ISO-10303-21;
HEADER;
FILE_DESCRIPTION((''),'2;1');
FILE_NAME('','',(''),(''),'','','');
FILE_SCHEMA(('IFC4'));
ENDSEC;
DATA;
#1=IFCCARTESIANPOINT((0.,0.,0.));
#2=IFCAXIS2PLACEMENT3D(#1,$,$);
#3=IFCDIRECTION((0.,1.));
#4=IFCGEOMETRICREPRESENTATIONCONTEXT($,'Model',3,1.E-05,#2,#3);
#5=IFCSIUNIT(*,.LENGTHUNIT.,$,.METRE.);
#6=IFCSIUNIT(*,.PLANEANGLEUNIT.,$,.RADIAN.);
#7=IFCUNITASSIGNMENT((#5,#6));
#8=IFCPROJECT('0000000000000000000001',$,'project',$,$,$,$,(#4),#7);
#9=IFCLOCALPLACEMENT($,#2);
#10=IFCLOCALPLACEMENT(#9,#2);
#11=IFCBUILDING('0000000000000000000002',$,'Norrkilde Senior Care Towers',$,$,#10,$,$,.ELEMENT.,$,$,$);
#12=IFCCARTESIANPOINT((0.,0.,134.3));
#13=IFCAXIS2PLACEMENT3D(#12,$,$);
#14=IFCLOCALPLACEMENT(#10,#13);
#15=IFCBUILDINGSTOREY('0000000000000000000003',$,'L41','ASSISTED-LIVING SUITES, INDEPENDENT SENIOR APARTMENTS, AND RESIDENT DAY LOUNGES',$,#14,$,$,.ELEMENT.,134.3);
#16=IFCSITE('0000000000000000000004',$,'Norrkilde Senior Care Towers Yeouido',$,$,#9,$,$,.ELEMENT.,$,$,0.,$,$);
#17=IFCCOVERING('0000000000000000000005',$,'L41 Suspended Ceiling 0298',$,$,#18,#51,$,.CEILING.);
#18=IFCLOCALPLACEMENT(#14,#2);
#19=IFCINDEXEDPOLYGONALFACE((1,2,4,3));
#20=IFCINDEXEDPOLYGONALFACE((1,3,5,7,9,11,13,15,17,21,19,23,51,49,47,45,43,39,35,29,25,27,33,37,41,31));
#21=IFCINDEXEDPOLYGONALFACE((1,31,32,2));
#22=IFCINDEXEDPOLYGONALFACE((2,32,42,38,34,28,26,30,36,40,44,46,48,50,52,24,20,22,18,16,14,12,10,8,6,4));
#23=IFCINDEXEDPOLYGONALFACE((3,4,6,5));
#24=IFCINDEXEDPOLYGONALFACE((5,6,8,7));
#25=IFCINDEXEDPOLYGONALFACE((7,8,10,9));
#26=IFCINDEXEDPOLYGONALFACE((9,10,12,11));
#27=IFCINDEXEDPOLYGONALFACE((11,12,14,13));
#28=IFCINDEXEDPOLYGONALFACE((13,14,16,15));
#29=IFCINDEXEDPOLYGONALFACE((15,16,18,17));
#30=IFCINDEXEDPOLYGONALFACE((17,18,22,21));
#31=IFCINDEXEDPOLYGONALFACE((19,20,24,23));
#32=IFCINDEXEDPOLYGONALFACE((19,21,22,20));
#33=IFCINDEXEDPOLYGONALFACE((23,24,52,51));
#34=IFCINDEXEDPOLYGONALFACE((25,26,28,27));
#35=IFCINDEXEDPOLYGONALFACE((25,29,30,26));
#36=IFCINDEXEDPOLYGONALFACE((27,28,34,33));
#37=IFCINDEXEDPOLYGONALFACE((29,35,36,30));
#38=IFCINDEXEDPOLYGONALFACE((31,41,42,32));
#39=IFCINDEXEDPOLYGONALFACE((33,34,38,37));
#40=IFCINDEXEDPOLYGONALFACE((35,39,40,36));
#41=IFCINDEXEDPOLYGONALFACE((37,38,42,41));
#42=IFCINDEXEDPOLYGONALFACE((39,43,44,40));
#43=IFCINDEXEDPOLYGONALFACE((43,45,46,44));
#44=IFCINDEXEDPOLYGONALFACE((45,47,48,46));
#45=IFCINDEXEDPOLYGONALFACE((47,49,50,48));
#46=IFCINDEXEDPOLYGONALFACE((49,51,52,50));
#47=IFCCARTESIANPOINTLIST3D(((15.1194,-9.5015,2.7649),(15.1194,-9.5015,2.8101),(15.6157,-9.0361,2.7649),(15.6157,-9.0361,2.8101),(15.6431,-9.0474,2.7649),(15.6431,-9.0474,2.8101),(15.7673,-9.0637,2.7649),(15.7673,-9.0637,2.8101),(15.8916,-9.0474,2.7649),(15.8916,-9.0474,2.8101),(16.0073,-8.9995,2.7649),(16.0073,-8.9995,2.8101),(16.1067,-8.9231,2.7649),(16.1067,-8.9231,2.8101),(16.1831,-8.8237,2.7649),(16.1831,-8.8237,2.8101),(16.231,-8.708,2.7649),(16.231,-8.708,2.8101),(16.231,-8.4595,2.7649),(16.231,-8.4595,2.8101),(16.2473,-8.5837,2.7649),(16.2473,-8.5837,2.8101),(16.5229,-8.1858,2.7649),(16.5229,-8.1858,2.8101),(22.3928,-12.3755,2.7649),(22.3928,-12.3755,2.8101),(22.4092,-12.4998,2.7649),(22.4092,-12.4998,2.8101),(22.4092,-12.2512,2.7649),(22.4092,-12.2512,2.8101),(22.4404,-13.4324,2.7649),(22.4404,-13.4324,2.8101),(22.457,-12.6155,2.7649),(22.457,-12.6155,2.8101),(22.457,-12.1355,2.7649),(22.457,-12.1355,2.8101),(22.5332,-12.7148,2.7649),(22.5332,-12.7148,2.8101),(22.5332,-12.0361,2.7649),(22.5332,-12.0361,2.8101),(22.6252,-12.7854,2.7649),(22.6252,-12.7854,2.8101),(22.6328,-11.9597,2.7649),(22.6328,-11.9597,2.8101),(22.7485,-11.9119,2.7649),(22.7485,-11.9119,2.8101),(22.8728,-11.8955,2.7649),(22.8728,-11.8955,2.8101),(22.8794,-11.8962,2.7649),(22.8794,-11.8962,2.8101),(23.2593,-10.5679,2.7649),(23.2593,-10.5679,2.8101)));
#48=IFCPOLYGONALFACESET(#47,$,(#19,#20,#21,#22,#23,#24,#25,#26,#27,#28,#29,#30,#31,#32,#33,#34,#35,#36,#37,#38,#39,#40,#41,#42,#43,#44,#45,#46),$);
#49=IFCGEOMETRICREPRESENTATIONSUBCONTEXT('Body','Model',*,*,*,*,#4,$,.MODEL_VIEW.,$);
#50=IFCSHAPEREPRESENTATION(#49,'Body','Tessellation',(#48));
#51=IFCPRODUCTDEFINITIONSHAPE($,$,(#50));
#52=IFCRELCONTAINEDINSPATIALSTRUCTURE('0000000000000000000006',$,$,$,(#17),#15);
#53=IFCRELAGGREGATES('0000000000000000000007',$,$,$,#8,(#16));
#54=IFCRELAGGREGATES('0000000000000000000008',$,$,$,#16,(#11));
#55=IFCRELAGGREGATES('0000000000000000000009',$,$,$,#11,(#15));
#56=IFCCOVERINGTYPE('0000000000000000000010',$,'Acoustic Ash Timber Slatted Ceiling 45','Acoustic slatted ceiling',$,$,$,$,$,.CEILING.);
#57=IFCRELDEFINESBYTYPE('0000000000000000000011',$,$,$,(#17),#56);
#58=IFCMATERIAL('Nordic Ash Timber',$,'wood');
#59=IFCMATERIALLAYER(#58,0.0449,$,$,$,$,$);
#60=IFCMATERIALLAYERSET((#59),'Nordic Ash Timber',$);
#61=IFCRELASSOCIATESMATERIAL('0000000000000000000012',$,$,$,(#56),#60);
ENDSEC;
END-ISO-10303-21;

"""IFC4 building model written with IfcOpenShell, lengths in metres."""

from ifc_helpers import new_model, si_unit, direction, frame, origin, place, context, subcontext, project, spatial, polyline, outline, extrude, material, layer, layer_set, type_object, element, save


model = new_model("IFC4")

# Units and contexts
model_context = context("Model", 3, precision=1e-05, world=origin(), true_north=direction((0.0, 1.0)))
body_context = subcontext(model_context, "Body", "Model", "MODEL_VIEW")
ifc_project = project(units=[si_unit("LENGTHUNIT", "METRE"), si_unit("PLANEANGLEUNIT", "RADIAN")], contexts=[model_context])

# Site, building, storey
site_placement = place(None, origin())
site = spatial("IfcSite", under=ifc_project, at=site_placement, Name="Norrkilde Senior Care Towers Yeouido", CompositionType="ELEMENT", RefElevation=0.0)
building_placement = place(site_placement, origin())
building = spatial("IfcBuilding", under=site, at=building_placement, Name="Norrkilde Senior Care Towers", CompositionType="ELEMENT")
storey_placement = place(building_placement, frame((0.0, 0.0, 134.3)))
storey = spatial("IfcBuildingStorey", under=building, at=storey_placement, Name="L41", Description="ASSISTED-LIVING SUITES, INDEPENDENT SENIOR APARTMENTS, AND RESIDENT DAY LOUNGES", CompositionType="ELEMENT", Elevation=134.3)

# Covering
ifc_material_1 = material(Name="Nordic Ash Timber", Category="wood")
ifc_layer_1 = layer(ifc_material_1, 0.0449)
ifc_layer_set_1 = layer_set([ifc_layer_1], Name="Nordic Ash Timber")
covering_type_1 = type_object("IfcCoveringType", Name="Acoustic Ash Timber Slatted Ceiling 45", Description="Acoustic slatted ceiling", PredefinedType="CEILING", material=ifc_layer_set_1)
covering_1_placement = place(storey_placement, frame((0.0, 0.0, 2.7649)))
element("IfcCovering", 1, at=covering_1_placement, inside=storey, type_object=covering_type_1, Name="L41 Suspended Ceiling 0298", PredefinedType="CEILING", context=body_context, shape_type="SweptSolid", body=[
    extrude(outline(polyline([(15.6431, -9.0474), (15.7673, -9.0637), (15.8916, -9.0474), (16.0073, -8.9995), (16.1067, -8.9231), (16.1831, -8.8237), (16.231, -8.708), (16.2473, -8.5837), (16.231, -8.4595), (16.231, -8.4595), (16.5229, -8.1858), (23.2593, -10.5679), (22.8794, -11.8962), (22.8728, -11.8955), (22.7485, -11.9119), (22.6328, -11.9597), (22.5332, -12.0361), (22.457, -12.1355), (22.4092, -12.2512), (22.3928, -12.3755), (22.4092, -12.4998), (22.457, -12.6155), (22.5332, -12.7148), (22.6252, -12.7854), (22.4404, -13.4324), (15.1194, -9.5015), (15.6157, -9.0361), (15.6431, -9.0474)])), origin(), (0.0, 0.0, 1.0), 0.0452),
])

save(model, "model.ifc")
